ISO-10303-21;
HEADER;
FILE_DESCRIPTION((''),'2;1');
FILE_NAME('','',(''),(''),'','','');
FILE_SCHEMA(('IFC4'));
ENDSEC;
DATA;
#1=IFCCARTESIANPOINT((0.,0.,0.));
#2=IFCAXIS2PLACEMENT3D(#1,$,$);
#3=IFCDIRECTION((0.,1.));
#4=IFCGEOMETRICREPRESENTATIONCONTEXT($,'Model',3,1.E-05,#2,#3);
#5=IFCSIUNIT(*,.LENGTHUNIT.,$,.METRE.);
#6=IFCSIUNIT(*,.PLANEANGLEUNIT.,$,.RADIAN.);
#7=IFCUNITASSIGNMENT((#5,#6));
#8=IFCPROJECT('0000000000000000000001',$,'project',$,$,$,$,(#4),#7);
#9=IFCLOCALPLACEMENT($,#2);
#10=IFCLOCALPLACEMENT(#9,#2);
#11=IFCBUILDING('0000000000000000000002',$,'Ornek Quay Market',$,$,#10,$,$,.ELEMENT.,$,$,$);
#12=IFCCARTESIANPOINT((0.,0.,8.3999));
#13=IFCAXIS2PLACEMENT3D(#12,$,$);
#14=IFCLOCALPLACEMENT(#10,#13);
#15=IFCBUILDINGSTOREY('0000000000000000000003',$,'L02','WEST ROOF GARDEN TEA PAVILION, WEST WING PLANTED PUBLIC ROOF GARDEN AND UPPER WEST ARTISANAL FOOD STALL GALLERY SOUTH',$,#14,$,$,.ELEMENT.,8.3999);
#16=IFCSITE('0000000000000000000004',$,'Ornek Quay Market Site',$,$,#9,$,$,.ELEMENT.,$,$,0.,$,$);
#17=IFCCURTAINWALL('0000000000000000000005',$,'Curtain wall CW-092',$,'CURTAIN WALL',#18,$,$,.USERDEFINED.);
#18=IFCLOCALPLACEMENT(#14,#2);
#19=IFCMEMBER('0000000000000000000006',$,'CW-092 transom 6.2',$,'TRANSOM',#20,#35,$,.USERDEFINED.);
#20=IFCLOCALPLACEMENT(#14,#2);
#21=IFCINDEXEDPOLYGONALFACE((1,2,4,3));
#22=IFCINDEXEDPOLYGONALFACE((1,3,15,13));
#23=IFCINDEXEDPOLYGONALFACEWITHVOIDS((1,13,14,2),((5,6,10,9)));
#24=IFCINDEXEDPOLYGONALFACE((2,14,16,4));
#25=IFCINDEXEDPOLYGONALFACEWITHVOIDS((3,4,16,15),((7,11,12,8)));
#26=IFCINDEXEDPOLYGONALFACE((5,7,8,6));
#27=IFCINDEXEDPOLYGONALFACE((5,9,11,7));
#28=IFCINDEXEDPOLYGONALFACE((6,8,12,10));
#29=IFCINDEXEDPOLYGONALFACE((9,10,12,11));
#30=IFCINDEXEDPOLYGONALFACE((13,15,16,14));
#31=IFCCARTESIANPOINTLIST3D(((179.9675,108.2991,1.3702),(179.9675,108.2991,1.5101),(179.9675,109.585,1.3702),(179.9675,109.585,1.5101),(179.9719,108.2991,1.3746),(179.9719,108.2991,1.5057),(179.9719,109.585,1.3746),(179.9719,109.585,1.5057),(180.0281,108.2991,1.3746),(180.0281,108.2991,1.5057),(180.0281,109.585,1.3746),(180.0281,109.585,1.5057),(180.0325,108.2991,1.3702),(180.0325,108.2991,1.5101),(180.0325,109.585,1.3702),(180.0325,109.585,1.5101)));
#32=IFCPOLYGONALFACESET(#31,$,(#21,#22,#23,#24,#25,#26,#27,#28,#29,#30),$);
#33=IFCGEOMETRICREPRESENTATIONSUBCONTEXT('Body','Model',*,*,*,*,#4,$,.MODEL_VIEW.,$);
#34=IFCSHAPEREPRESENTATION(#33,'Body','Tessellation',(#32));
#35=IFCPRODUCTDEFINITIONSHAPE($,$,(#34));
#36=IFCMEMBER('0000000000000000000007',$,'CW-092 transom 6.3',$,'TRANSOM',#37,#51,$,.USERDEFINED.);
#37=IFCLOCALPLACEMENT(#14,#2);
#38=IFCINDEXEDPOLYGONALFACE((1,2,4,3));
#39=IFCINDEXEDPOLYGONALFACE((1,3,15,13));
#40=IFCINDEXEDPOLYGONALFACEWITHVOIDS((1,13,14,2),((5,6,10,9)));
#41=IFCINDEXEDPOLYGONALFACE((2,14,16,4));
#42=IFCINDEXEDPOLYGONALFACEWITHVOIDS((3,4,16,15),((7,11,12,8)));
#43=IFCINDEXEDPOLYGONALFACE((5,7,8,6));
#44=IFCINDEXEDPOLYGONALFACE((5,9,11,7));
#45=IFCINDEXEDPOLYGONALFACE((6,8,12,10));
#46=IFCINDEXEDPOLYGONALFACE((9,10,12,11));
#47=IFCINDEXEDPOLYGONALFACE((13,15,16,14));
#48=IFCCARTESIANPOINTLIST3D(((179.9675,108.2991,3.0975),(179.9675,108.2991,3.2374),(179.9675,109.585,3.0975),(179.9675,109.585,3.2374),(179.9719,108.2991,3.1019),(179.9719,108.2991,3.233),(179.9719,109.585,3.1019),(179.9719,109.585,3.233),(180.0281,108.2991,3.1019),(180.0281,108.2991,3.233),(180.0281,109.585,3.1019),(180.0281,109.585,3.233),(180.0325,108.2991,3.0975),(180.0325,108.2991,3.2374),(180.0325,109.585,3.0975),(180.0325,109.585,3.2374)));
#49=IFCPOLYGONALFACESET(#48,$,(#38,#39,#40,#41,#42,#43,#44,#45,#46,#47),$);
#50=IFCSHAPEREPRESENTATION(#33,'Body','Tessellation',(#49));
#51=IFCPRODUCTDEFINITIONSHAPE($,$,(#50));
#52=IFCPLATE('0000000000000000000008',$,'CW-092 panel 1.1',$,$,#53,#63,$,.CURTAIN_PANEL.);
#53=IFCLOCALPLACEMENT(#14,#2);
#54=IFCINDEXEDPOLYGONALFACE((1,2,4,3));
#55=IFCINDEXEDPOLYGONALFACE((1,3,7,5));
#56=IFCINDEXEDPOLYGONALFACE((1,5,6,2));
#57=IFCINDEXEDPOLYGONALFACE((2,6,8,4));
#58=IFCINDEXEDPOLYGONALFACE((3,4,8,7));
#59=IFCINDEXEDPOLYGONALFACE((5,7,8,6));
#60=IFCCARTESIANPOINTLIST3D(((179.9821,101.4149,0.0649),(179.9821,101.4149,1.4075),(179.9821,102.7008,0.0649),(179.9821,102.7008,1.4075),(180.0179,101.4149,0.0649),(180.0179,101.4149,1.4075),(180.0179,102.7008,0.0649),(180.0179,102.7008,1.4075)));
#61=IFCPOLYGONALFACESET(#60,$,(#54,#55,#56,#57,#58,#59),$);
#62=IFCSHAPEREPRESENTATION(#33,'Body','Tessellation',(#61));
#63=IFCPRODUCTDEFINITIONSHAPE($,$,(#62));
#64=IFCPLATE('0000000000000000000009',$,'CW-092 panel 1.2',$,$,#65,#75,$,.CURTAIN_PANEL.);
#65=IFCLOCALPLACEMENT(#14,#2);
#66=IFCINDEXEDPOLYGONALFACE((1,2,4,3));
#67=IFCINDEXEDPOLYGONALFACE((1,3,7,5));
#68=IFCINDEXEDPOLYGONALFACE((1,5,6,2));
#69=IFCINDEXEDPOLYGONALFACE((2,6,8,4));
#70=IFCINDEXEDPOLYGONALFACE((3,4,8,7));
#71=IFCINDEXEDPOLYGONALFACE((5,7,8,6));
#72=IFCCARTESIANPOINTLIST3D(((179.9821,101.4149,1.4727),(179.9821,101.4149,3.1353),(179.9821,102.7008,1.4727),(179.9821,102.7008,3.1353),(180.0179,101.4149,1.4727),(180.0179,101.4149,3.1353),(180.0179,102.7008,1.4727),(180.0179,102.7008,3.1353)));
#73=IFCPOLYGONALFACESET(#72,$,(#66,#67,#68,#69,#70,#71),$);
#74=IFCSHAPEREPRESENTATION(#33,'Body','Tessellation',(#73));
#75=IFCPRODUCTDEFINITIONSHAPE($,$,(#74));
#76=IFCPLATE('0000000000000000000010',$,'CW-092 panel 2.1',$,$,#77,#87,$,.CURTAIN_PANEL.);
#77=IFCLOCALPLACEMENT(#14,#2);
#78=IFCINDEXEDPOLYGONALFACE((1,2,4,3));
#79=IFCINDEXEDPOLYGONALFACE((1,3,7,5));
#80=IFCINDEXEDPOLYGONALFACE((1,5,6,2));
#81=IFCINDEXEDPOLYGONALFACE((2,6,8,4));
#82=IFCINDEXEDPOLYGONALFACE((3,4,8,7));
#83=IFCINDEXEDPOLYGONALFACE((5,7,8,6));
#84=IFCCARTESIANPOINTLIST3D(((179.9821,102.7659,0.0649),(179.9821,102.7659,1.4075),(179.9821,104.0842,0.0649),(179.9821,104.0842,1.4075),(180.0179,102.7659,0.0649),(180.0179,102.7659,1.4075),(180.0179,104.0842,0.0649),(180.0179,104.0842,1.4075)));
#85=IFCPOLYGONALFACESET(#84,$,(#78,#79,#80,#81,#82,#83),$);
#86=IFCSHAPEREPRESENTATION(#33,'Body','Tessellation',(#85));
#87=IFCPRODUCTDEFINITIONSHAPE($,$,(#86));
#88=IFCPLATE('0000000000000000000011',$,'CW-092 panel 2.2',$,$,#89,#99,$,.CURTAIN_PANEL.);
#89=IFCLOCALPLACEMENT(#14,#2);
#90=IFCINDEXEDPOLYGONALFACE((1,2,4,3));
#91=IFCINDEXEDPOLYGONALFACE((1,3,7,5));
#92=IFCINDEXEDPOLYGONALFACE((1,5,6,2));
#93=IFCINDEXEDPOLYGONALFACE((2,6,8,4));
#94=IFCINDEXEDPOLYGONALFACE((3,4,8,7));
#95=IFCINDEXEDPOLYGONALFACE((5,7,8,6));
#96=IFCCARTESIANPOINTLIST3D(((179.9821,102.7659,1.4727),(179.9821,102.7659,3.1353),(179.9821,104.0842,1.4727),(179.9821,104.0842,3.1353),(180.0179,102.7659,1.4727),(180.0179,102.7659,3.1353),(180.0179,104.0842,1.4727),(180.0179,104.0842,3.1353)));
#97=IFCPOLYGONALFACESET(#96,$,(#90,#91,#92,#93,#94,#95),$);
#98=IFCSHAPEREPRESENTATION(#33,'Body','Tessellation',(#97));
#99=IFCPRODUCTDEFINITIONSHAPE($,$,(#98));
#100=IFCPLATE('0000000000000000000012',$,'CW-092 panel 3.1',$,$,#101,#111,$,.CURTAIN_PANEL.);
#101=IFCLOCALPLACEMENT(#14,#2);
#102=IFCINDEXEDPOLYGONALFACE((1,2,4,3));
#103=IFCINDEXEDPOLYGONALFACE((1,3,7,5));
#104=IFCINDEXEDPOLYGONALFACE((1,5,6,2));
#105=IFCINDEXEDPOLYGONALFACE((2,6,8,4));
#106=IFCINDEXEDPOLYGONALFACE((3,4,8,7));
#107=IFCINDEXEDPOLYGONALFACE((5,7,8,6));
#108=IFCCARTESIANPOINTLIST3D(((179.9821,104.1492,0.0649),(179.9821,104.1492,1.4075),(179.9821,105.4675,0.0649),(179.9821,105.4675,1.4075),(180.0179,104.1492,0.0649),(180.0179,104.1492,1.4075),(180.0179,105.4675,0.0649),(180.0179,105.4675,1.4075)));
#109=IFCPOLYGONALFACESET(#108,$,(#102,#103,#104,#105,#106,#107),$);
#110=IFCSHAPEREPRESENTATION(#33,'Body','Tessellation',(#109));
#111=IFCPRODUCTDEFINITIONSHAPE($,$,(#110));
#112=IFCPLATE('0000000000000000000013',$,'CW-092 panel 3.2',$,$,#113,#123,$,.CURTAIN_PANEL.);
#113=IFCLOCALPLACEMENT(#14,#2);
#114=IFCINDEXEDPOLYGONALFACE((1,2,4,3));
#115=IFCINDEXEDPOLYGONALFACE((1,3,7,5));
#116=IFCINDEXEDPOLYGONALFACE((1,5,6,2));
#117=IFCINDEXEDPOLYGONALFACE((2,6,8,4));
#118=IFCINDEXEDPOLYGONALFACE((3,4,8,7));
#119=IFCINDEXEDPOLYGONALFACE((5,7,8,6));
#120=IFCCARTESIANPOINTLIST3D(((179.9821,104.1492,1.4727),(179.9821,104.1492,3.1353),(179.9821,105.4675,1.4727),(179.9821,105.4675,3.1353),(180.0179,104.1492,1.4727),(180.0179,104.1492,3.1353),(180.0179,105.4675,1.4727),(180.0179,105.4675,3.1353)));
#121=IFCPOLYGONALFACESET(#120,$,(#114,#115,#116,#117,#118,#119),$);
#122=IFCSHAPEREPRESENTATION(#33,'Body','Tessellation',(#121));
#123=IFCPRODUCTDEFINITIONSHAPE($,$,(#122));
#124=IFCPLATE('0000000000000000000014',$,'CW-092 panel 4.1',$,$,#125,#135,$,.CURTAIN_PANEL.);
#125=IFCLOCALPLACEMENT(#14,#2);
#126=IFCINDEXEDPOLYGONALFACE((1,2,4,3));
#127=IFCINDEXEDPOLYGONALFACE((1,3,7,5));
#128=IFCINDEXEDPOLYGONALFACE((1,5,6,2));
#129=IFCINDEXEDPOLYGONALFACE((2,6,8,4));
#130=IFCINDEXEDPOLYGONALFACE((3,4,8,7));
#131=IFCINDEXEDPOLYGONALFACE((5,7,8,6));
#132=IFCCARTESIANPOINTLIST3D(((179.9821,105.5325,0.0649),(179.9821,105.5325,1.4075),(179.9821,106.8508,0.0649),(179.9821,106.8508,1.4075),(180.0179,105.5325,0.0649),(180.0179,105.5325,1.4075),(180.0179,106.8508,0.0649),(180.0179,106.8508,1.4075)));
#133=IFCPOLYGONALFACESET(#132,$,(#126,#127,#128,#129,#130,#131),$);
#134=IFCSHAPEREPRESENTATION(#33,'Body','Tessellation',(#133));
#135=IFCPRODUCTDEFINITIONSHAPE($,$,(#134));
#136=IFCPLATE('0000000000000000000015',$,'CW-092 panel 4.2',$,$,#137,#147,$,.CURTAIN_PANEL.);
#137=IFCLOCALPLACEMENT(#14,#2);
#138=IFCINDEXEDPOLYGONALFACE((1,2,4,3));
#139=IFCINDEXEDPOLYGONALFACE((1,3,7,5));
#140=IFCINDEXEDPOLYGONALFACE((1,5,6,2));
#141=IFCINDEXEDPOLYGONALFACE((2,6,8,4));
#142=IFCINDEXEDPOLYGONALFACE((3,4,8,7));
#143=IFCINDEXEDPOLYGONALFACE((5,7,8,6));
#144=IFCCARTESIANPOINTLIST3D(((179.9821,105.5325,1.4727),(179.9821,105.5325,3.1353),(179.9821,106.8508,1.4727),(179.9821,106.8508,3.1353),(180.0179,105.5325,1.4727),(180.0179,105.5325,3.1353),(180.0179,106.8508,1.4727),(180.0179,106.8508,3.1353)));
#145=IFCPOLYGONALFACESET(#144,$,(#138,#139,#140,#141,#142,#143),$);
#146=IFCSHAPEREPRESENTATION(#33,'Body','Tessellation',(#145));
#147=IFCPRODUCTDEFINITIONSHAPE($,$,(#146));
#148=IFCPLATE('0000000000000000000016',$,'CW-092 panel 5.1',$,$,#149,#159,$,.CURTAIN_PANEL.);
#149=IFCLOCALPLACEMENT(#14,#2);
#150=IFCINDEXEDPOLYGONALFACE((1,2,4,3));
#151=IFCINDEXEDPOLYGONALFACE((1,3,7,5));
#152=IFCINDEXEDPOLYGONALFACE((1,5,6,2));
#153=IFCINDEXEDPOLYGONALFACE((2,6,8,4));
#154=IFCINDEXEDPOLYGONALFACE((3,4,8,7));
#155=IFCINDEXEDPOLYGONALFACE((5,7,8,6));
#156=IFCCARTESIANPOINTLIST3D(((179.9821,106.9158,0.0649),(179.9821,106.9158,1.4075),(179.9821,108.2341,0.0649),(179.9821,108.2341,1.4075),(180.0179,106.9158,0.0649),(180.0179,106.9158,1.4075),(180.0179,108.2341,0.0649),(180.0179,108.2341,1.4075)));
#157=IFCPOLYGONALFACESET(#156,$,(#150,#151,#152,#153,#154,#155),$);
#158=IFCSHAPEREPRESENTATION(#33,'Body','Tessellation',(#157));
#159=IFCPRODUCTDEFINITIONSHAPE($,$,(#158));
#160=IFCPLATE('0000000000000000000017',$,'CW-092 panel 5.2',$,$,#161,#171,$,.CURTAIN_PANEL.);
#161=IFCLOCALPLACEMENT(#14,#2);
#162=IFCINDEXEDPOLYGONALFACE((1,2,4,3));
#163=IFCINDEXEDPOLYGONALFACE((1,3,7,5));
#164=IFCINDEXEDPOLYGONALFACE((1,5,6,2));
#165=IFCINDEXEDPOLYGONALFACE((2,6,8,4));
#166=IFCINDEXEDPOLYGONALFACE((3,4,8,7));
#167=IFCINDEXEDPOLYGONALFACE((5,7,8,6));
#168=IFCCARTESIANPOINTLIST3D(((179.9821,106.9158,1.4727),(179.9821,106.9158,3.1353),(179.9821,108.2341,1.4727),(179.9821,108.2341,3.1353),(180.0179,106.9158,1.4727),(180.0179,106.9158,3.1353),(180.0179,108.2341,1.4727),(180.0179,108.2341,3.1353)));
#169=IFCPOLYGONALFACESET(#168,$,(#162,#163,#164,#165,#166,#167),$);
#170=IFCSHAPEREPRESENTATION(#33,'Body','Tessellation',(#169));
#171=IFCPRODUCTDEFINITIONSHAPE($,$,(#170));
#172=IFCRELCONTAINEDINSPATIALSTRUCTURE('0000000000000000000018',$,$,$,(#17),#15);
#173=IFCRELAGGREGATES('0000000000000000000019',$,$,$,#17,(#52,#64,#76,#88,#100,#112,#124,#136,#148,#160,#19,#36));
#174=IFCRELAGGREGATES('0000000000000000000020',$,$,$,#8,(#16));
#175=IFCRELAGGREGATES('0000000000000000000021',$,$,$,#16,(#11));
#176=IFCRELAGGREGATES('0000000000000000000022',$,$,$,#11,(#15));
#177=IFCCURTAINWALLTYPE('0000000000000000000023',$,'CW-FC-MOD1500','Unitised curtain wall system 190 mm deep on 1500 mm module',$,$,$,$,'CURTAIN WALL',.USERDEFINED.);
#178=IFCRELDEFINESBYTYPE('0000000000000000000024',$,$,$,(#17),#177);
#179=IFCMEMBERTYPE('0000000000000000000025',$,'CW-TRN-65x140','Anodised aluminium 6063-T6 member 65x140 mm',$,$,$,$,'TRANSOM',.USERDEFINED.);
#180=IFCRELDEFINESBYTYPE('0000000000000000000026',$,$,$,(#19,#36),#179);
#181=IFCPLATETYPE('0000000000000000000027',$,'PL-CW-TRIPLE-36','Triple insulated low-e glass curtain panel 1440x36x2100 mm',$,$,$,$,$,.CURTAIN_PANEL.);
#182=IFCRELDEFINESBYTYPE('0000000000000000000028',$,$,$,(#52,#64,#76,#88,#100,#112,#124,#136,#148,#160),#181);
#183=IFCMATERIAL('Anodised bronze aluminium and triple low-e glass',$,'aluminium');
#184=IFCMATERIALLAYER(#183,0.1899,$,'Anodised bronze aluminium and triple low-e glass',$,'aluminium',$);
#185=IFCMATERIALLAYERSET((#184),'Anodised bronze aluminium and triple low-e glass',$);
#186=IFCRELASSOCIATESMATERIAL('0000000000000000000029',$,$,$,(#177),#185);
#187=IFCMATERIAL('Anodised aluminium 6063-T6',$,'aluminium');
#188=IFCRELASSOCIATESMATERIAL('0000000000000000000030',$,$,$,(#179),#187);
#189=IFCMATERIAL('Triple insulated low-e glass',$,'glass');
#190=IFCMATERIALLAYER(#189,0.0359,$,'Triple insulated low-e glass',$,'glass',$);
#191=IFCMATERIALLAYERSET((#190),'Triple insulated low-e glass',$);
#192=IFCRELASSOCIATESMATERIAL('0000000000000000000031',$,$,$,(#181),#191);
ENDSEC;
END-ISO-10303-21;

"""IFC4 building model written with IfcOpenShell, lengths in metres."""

from ifc_helpers import new_model, si_unit, direction, frame, origin, origin_2d, place, context, subcontext, project, spatial, rectangle, hollow_rectangle, extrude, material, layer, layer_set, material_profile, profile_set, type_object, element, aggregate, save


model = new_model("IFC4")

# Units and contexts
model_context = context("Model", 3, precision=1e-05, world=origin(), true_north=direction((0.0, 1.0)))
body_context = subcontext(model_context, "Body", "Model", "MODEL_VIEW")
ifc_project = project(units=[si_unit("LENGTHUNIT", "METRE"), si_unit("PLANEANGLEUNIT", "RADIAN")], contexts=[model_context])

# Site, building, storey
site_placement = place(None, origin())
site = spatial("IfcSite", under=ifc_project, at=site_placement, Name="Ornek Quay Market Site", CompositionType="ELEMENT", RefElevation=0.0)
building_placement = place(site_placement, origin())
building = spatial("IfcBuilding", under=site, at=building_placement, Name="Ornek Quay Market", CompositionType="ELEMENT")
storey_placement = place(building_placement, frame((0.0, 0.0, 8.3999)))
storey = spatial("IfcBuildingStorey", under=building, at=storey_placement, Name="L02", Description="WEST ROOF GARDEN TEA PAVILION, WEST WING PLANTED PUBLIC ROOF GARDEN AND UPPER WEST ARTISANAL FOOD STALL GALLERY SOUTH", CompositionType="ELEMENT", Elevation=8.3999)

# Curtain wall, members, plates
ifc_material_1 = material(Name="Anodised bronze aluminium and triple low-e glass", Category="aluminium")
ifc_layer_1 = layer(ifc_material_1, 0.1899, Name="Anodised bronze aluminium and triple low-e glass", Category="aluminium")
ifc_layer_set_1 = layer_set([ifc_layer_1], Name="Anodised bronze aluminium and triple low-e glass")
curtain_wall_type = type_object("IfcCurtainWallType", Name="CW-FC-MOD1500", Description="Unitised curtain wall system 190 mm deep on 1500 mm module", ElementType="CURTAIN WALL", PredefinedType="USERDEFINED", material=ifc_layer_set_1)
curtain_wall_placement = place(storey_placement, origin())
curtain_wall = element("IfcCurtainWall", 1, at=curtain_wall_placement, inside=storey, type_object=curtain_wall_type, Name="Curtain wall CW-092", ObjectType="CURTAIN WALL", PredefinedType="USERDEFINED")
ifc_material_2 = material(Name="Anodised aluminium 6063-T6", Category="aluminium")
ifc_material_profile_1 = material_profile(ifc_material_2, hollow_rectangle(XDim=0.0649, YDim=0.1399, WallThickness=0.0044, at=origin_2d()), Name="CW-TRN-65x140", Category="aluminium")
ifc_profile_set_1 = profile_set([ifc_material_profile_1], Name="Anodised aluminium 6063-T6")
member_type_1 = type_object("IfcMemberType", Name="CW-TRN-65x140", Description="Anodised aluminium 6063-T6 member 65x140 mm", ElementType="TRANSOM", PredefinedType="USERDEFINED", material=ifc_profile_set_1)
member_1_placement = place(storey_placement, frame((180.0, 108.2991, 1.4402), z_axis=(0.0, 1.0, 0.0), x_axis=(-1.0, 0.0, 0.0)))
member_1 = element("IfcMember", 2, at=member_1_placement, type_object=member_type_1, Name="CW-092 transom 6.2", ObjectType="TRANSOM", PredefinedType="USERDEFINED", context=body_context, shape_type="SweptSolid", body=[
    extrude(hollow_rectangle(XDim=0.0649, YDim=0.1399, WallThickness=0.0044, at=origin_2d()), origin(), (0.0, 0.0, 1.0), 1.2859),
])
member_2_placement = place(storey_placement, frame((180.0, 108.2991, 3.1675), z_axis=(0.0, 1.0, 0.0), x_axis=(-1.0, 0.0, 0.0)))
member_2 = element("IfcMember", 3, at=member_2_placement, type_object=member_type_1, Name="CW-092 transom 6.3", ObjectType="TRANSOM", PredefinedType="USERDEFINED", context=body_context, shape_type="SweptSolid", body=[
    extrude(hollow_rectangle(XDim=0.0649, YDim=0.1399, WallThickness=0.0044, at=origin_2d()), origin(), (0.0, 0.0, 1.0), 1.2859),
])
ifc_material_3 = material(Name="Triple insulated low-e glass", Category="glass")
ifc_layer_2 = layer(ifc_material_3, 0.0359, Name="Triple insulated low-e glass", Category="glass")
ifc_layer_set_2 = layer_set([ifc_layer_2], Name="Triple insulated low-e glass")
plate_type = type_object("IfcPlateType", Name="PL-CW-TRIPLE-36", Description="Triple insulated low-e glass curtain panel 1440x36x2100 mm", PredefinedType="CURTAIN_PANEL", material=ifc_layer_set_2)
plate_1_placement = place(storey_placement, frame((180.0, 102.0579, 0.0649), z_axis=(0.0, 0.0, 1.0), x_axis=(0.0, 1.0, 0.0)))
plate_1 = element("IfcPlate", 4, at=plate_1_placement, type_object=plate_type, Name="CW-092 panel 1.1", PredefinedType="CURTAIN_PANEL", context=body_context, shape_type="SweptSolid", body=[
    extrude(rectangle(XDim=1.2859, YDim=0.0359, at=origin_2d()), origin(), (0.0, 0.0, 1.0), 1.3425),
])
plate_2_placement = place(storey_placement, frame((180.0, 102.0579, 1.4727), z_axis=(0.0, 0.0, 1.0), x_axis=(0.0, 1.0, 0.0)))
plate_2 = element("IfcPlate", 5, at=plate_2_placement, type_object=plate_type, Name="CW-092 panel 1.2", PredefinedType="CURTAIN_PANEL", context=body_context, shape_type="SweptSolid", body=[
    extrude(rectangle(XDim=1.2859, YDim=0.0359, at=origin_2d()), origin(), (0.0, 0.0, 1.0), 1.6626),
])
plate_3_placement = place(storey_placement, frame((180.0, 103.425, 0.0649), z_axis=(0.0, 0.0, 1.0), x_axis=(0.0, 1.0, 0.0)))
plate_3 = element("IfcPlate", 6, at=plate_3_placement, type_object=plate_type, Name="CW-092 panel 2.1", PredefinedType="CURTAIN_PANEL", context=body_context, shape_type="SweptSolid", body=[
    extrude(rectangle(XDim=1.3184, YDim=0.0359, at=origin_2d()), origin(), (0.0, 0.0, 1.0), 1.3425),
])
plate_4_placement = place(storey_placement, frame((180.0, 103.425, 1.4727), z_axis=(0.0, 0.0, 1.0), x_axis=(0.0, 1.0, 0.0)))
plate_4 = element("IfcPlate", 7, at=plate_4_placement, type_object=plate_type, Name="CW-092 panel 2.2", PredefinedType="CURTAIN_PANEL", context=body_context, shape_type="SweptSolid", body=[
    extrude(rectangle(XDim=1.3184, YDim=0.0359, at=origin_2d()), origin(), (0.0, 0.0, 1.0), 1.6626),
])
plate_5_placement = place(storey_placement, frame((180.0, 104.8083, 0.0649), z_axis=(0.0, 0.0, 1.0), x_axis=(0.0, 1.0, 0.0)))
plate_5 = element("IfcPlate", 8, at=plate_5_placement, type_object=plate_type, Name="CW-092 panel 3.1", PredefinedType="CURTAIN_PANEL", context=body_context, shape_type="SweptSolid", body=[
    extrude(rectangle(XDim=1.3184, YDim=0.0359, at=origin_2d()), origin(), (0.0, 0.0, 1.0), 1.3425),
])
plate_6_placement = place(storey_placement, frame((180.0, 104.8083, 1.4727), z_axis=(0.0, 0.0, 1.0), x_axis=(0.0, 1.0, 0.0)))
plate_6 = element("IfcPlate", 9, at=plate_6_placement, type_object=plate_type, Name="CW-092 panel 3.2", PredefinedType="CURTAIN_PANEL", context=body_context, shape_type="SweptSolid", body=[
    extrude(rectangle(XDim=1.3184, YDim=0.0359, at=origin_2d()), origin(), (0.0, 0.0, 1.0), 1.6626),
])
plate_7_placement = place(storey_placement, frame((180.0, 106.1917, 0.0649), z_axis=(0.0, 0.0, 1.0), x_axis=(0.0, 1.0, 0.0)))
plate_7 = element("IfcPlate", 10, at=plate_7_placement, type_object=plate_type, Name="CW-092 panel 4.1", PredefinedType="CURTAIN_PANEL", context=body_context, shape_type="SweptSolid", body=[
    extrude(rectangle(XDim=1.3184, YDim=0.0359, at=origin_2d()), origin(), (0.0, 0.0, 1.0), 1.3425),
])
plate_8_placement = place(storey_placement, frame((180.0, 106.1917, 1.4727), z_axis=(0.0, 0.0, 1.0), x_axis=(0.0, 1.0, 0.0)))
plate_8 = element("IfcPlate", 11, at=plate_8_placement, type_object=plate_type, Name="CW-092 panel 4.2", PredefinedType="CURTAIN_PANEL", context=body_context, shape_type="SweptSolid", body=[
    extrude(rectangle(XDim=1.3184, YDim=0.0359, at=origin_2d()), origin(), (0.0, 0.0, 1.0), 1.6626),
])
plate_9_placement = place(storey_placement, frame((180.0, 107.575, 0.0649), z_axis=(0.0, 0.0, 1.0), x_axis=(0.0, 1.0, 0.0)))
plate_9 = element("IfcPlate", 12, at=plate_9_placement, type_object=plate_type, Name="CW-092 panel 5.1", PredefinedType="CURTAIN_PANEL", context=body_context, shape_type="SweptSolid", body=[
    extrude(rectangle(XDim=1.3184, YDim=0.0359, at=origin_2d()), origin(), (0.0, 0.0, 1.0), 1.3425),
])
plate_10_placement = place(storey_placement, frame((180.0, 107.575, 1.4727), z_axis=(0.0, 0.0, 1.0), x_axis=(0.0, 1.0, 0.0)))
plate_10 = element("IfcPlate", 13, at=plate_10_placement, type_object=plate_type, Name="CW-092 panel 5.2", PredefinedType="CURTAIN_PANEL", context=body_context, shape_type="SweptSolid", body=[
    extrude(rectangle(XDim=1.3184, YDim=0.0359, at=origin_2d()), origin(), (0.0, 0.0, 1.0), 1.6626),
])
aggregate(curtain_wall, [plate_1, plate_2, plate_3, plate_4, plate_5, plate_6, plate_7, plate_8, plate_9, plate_10, member_1, member_2])

save(model, "model.ifc")
